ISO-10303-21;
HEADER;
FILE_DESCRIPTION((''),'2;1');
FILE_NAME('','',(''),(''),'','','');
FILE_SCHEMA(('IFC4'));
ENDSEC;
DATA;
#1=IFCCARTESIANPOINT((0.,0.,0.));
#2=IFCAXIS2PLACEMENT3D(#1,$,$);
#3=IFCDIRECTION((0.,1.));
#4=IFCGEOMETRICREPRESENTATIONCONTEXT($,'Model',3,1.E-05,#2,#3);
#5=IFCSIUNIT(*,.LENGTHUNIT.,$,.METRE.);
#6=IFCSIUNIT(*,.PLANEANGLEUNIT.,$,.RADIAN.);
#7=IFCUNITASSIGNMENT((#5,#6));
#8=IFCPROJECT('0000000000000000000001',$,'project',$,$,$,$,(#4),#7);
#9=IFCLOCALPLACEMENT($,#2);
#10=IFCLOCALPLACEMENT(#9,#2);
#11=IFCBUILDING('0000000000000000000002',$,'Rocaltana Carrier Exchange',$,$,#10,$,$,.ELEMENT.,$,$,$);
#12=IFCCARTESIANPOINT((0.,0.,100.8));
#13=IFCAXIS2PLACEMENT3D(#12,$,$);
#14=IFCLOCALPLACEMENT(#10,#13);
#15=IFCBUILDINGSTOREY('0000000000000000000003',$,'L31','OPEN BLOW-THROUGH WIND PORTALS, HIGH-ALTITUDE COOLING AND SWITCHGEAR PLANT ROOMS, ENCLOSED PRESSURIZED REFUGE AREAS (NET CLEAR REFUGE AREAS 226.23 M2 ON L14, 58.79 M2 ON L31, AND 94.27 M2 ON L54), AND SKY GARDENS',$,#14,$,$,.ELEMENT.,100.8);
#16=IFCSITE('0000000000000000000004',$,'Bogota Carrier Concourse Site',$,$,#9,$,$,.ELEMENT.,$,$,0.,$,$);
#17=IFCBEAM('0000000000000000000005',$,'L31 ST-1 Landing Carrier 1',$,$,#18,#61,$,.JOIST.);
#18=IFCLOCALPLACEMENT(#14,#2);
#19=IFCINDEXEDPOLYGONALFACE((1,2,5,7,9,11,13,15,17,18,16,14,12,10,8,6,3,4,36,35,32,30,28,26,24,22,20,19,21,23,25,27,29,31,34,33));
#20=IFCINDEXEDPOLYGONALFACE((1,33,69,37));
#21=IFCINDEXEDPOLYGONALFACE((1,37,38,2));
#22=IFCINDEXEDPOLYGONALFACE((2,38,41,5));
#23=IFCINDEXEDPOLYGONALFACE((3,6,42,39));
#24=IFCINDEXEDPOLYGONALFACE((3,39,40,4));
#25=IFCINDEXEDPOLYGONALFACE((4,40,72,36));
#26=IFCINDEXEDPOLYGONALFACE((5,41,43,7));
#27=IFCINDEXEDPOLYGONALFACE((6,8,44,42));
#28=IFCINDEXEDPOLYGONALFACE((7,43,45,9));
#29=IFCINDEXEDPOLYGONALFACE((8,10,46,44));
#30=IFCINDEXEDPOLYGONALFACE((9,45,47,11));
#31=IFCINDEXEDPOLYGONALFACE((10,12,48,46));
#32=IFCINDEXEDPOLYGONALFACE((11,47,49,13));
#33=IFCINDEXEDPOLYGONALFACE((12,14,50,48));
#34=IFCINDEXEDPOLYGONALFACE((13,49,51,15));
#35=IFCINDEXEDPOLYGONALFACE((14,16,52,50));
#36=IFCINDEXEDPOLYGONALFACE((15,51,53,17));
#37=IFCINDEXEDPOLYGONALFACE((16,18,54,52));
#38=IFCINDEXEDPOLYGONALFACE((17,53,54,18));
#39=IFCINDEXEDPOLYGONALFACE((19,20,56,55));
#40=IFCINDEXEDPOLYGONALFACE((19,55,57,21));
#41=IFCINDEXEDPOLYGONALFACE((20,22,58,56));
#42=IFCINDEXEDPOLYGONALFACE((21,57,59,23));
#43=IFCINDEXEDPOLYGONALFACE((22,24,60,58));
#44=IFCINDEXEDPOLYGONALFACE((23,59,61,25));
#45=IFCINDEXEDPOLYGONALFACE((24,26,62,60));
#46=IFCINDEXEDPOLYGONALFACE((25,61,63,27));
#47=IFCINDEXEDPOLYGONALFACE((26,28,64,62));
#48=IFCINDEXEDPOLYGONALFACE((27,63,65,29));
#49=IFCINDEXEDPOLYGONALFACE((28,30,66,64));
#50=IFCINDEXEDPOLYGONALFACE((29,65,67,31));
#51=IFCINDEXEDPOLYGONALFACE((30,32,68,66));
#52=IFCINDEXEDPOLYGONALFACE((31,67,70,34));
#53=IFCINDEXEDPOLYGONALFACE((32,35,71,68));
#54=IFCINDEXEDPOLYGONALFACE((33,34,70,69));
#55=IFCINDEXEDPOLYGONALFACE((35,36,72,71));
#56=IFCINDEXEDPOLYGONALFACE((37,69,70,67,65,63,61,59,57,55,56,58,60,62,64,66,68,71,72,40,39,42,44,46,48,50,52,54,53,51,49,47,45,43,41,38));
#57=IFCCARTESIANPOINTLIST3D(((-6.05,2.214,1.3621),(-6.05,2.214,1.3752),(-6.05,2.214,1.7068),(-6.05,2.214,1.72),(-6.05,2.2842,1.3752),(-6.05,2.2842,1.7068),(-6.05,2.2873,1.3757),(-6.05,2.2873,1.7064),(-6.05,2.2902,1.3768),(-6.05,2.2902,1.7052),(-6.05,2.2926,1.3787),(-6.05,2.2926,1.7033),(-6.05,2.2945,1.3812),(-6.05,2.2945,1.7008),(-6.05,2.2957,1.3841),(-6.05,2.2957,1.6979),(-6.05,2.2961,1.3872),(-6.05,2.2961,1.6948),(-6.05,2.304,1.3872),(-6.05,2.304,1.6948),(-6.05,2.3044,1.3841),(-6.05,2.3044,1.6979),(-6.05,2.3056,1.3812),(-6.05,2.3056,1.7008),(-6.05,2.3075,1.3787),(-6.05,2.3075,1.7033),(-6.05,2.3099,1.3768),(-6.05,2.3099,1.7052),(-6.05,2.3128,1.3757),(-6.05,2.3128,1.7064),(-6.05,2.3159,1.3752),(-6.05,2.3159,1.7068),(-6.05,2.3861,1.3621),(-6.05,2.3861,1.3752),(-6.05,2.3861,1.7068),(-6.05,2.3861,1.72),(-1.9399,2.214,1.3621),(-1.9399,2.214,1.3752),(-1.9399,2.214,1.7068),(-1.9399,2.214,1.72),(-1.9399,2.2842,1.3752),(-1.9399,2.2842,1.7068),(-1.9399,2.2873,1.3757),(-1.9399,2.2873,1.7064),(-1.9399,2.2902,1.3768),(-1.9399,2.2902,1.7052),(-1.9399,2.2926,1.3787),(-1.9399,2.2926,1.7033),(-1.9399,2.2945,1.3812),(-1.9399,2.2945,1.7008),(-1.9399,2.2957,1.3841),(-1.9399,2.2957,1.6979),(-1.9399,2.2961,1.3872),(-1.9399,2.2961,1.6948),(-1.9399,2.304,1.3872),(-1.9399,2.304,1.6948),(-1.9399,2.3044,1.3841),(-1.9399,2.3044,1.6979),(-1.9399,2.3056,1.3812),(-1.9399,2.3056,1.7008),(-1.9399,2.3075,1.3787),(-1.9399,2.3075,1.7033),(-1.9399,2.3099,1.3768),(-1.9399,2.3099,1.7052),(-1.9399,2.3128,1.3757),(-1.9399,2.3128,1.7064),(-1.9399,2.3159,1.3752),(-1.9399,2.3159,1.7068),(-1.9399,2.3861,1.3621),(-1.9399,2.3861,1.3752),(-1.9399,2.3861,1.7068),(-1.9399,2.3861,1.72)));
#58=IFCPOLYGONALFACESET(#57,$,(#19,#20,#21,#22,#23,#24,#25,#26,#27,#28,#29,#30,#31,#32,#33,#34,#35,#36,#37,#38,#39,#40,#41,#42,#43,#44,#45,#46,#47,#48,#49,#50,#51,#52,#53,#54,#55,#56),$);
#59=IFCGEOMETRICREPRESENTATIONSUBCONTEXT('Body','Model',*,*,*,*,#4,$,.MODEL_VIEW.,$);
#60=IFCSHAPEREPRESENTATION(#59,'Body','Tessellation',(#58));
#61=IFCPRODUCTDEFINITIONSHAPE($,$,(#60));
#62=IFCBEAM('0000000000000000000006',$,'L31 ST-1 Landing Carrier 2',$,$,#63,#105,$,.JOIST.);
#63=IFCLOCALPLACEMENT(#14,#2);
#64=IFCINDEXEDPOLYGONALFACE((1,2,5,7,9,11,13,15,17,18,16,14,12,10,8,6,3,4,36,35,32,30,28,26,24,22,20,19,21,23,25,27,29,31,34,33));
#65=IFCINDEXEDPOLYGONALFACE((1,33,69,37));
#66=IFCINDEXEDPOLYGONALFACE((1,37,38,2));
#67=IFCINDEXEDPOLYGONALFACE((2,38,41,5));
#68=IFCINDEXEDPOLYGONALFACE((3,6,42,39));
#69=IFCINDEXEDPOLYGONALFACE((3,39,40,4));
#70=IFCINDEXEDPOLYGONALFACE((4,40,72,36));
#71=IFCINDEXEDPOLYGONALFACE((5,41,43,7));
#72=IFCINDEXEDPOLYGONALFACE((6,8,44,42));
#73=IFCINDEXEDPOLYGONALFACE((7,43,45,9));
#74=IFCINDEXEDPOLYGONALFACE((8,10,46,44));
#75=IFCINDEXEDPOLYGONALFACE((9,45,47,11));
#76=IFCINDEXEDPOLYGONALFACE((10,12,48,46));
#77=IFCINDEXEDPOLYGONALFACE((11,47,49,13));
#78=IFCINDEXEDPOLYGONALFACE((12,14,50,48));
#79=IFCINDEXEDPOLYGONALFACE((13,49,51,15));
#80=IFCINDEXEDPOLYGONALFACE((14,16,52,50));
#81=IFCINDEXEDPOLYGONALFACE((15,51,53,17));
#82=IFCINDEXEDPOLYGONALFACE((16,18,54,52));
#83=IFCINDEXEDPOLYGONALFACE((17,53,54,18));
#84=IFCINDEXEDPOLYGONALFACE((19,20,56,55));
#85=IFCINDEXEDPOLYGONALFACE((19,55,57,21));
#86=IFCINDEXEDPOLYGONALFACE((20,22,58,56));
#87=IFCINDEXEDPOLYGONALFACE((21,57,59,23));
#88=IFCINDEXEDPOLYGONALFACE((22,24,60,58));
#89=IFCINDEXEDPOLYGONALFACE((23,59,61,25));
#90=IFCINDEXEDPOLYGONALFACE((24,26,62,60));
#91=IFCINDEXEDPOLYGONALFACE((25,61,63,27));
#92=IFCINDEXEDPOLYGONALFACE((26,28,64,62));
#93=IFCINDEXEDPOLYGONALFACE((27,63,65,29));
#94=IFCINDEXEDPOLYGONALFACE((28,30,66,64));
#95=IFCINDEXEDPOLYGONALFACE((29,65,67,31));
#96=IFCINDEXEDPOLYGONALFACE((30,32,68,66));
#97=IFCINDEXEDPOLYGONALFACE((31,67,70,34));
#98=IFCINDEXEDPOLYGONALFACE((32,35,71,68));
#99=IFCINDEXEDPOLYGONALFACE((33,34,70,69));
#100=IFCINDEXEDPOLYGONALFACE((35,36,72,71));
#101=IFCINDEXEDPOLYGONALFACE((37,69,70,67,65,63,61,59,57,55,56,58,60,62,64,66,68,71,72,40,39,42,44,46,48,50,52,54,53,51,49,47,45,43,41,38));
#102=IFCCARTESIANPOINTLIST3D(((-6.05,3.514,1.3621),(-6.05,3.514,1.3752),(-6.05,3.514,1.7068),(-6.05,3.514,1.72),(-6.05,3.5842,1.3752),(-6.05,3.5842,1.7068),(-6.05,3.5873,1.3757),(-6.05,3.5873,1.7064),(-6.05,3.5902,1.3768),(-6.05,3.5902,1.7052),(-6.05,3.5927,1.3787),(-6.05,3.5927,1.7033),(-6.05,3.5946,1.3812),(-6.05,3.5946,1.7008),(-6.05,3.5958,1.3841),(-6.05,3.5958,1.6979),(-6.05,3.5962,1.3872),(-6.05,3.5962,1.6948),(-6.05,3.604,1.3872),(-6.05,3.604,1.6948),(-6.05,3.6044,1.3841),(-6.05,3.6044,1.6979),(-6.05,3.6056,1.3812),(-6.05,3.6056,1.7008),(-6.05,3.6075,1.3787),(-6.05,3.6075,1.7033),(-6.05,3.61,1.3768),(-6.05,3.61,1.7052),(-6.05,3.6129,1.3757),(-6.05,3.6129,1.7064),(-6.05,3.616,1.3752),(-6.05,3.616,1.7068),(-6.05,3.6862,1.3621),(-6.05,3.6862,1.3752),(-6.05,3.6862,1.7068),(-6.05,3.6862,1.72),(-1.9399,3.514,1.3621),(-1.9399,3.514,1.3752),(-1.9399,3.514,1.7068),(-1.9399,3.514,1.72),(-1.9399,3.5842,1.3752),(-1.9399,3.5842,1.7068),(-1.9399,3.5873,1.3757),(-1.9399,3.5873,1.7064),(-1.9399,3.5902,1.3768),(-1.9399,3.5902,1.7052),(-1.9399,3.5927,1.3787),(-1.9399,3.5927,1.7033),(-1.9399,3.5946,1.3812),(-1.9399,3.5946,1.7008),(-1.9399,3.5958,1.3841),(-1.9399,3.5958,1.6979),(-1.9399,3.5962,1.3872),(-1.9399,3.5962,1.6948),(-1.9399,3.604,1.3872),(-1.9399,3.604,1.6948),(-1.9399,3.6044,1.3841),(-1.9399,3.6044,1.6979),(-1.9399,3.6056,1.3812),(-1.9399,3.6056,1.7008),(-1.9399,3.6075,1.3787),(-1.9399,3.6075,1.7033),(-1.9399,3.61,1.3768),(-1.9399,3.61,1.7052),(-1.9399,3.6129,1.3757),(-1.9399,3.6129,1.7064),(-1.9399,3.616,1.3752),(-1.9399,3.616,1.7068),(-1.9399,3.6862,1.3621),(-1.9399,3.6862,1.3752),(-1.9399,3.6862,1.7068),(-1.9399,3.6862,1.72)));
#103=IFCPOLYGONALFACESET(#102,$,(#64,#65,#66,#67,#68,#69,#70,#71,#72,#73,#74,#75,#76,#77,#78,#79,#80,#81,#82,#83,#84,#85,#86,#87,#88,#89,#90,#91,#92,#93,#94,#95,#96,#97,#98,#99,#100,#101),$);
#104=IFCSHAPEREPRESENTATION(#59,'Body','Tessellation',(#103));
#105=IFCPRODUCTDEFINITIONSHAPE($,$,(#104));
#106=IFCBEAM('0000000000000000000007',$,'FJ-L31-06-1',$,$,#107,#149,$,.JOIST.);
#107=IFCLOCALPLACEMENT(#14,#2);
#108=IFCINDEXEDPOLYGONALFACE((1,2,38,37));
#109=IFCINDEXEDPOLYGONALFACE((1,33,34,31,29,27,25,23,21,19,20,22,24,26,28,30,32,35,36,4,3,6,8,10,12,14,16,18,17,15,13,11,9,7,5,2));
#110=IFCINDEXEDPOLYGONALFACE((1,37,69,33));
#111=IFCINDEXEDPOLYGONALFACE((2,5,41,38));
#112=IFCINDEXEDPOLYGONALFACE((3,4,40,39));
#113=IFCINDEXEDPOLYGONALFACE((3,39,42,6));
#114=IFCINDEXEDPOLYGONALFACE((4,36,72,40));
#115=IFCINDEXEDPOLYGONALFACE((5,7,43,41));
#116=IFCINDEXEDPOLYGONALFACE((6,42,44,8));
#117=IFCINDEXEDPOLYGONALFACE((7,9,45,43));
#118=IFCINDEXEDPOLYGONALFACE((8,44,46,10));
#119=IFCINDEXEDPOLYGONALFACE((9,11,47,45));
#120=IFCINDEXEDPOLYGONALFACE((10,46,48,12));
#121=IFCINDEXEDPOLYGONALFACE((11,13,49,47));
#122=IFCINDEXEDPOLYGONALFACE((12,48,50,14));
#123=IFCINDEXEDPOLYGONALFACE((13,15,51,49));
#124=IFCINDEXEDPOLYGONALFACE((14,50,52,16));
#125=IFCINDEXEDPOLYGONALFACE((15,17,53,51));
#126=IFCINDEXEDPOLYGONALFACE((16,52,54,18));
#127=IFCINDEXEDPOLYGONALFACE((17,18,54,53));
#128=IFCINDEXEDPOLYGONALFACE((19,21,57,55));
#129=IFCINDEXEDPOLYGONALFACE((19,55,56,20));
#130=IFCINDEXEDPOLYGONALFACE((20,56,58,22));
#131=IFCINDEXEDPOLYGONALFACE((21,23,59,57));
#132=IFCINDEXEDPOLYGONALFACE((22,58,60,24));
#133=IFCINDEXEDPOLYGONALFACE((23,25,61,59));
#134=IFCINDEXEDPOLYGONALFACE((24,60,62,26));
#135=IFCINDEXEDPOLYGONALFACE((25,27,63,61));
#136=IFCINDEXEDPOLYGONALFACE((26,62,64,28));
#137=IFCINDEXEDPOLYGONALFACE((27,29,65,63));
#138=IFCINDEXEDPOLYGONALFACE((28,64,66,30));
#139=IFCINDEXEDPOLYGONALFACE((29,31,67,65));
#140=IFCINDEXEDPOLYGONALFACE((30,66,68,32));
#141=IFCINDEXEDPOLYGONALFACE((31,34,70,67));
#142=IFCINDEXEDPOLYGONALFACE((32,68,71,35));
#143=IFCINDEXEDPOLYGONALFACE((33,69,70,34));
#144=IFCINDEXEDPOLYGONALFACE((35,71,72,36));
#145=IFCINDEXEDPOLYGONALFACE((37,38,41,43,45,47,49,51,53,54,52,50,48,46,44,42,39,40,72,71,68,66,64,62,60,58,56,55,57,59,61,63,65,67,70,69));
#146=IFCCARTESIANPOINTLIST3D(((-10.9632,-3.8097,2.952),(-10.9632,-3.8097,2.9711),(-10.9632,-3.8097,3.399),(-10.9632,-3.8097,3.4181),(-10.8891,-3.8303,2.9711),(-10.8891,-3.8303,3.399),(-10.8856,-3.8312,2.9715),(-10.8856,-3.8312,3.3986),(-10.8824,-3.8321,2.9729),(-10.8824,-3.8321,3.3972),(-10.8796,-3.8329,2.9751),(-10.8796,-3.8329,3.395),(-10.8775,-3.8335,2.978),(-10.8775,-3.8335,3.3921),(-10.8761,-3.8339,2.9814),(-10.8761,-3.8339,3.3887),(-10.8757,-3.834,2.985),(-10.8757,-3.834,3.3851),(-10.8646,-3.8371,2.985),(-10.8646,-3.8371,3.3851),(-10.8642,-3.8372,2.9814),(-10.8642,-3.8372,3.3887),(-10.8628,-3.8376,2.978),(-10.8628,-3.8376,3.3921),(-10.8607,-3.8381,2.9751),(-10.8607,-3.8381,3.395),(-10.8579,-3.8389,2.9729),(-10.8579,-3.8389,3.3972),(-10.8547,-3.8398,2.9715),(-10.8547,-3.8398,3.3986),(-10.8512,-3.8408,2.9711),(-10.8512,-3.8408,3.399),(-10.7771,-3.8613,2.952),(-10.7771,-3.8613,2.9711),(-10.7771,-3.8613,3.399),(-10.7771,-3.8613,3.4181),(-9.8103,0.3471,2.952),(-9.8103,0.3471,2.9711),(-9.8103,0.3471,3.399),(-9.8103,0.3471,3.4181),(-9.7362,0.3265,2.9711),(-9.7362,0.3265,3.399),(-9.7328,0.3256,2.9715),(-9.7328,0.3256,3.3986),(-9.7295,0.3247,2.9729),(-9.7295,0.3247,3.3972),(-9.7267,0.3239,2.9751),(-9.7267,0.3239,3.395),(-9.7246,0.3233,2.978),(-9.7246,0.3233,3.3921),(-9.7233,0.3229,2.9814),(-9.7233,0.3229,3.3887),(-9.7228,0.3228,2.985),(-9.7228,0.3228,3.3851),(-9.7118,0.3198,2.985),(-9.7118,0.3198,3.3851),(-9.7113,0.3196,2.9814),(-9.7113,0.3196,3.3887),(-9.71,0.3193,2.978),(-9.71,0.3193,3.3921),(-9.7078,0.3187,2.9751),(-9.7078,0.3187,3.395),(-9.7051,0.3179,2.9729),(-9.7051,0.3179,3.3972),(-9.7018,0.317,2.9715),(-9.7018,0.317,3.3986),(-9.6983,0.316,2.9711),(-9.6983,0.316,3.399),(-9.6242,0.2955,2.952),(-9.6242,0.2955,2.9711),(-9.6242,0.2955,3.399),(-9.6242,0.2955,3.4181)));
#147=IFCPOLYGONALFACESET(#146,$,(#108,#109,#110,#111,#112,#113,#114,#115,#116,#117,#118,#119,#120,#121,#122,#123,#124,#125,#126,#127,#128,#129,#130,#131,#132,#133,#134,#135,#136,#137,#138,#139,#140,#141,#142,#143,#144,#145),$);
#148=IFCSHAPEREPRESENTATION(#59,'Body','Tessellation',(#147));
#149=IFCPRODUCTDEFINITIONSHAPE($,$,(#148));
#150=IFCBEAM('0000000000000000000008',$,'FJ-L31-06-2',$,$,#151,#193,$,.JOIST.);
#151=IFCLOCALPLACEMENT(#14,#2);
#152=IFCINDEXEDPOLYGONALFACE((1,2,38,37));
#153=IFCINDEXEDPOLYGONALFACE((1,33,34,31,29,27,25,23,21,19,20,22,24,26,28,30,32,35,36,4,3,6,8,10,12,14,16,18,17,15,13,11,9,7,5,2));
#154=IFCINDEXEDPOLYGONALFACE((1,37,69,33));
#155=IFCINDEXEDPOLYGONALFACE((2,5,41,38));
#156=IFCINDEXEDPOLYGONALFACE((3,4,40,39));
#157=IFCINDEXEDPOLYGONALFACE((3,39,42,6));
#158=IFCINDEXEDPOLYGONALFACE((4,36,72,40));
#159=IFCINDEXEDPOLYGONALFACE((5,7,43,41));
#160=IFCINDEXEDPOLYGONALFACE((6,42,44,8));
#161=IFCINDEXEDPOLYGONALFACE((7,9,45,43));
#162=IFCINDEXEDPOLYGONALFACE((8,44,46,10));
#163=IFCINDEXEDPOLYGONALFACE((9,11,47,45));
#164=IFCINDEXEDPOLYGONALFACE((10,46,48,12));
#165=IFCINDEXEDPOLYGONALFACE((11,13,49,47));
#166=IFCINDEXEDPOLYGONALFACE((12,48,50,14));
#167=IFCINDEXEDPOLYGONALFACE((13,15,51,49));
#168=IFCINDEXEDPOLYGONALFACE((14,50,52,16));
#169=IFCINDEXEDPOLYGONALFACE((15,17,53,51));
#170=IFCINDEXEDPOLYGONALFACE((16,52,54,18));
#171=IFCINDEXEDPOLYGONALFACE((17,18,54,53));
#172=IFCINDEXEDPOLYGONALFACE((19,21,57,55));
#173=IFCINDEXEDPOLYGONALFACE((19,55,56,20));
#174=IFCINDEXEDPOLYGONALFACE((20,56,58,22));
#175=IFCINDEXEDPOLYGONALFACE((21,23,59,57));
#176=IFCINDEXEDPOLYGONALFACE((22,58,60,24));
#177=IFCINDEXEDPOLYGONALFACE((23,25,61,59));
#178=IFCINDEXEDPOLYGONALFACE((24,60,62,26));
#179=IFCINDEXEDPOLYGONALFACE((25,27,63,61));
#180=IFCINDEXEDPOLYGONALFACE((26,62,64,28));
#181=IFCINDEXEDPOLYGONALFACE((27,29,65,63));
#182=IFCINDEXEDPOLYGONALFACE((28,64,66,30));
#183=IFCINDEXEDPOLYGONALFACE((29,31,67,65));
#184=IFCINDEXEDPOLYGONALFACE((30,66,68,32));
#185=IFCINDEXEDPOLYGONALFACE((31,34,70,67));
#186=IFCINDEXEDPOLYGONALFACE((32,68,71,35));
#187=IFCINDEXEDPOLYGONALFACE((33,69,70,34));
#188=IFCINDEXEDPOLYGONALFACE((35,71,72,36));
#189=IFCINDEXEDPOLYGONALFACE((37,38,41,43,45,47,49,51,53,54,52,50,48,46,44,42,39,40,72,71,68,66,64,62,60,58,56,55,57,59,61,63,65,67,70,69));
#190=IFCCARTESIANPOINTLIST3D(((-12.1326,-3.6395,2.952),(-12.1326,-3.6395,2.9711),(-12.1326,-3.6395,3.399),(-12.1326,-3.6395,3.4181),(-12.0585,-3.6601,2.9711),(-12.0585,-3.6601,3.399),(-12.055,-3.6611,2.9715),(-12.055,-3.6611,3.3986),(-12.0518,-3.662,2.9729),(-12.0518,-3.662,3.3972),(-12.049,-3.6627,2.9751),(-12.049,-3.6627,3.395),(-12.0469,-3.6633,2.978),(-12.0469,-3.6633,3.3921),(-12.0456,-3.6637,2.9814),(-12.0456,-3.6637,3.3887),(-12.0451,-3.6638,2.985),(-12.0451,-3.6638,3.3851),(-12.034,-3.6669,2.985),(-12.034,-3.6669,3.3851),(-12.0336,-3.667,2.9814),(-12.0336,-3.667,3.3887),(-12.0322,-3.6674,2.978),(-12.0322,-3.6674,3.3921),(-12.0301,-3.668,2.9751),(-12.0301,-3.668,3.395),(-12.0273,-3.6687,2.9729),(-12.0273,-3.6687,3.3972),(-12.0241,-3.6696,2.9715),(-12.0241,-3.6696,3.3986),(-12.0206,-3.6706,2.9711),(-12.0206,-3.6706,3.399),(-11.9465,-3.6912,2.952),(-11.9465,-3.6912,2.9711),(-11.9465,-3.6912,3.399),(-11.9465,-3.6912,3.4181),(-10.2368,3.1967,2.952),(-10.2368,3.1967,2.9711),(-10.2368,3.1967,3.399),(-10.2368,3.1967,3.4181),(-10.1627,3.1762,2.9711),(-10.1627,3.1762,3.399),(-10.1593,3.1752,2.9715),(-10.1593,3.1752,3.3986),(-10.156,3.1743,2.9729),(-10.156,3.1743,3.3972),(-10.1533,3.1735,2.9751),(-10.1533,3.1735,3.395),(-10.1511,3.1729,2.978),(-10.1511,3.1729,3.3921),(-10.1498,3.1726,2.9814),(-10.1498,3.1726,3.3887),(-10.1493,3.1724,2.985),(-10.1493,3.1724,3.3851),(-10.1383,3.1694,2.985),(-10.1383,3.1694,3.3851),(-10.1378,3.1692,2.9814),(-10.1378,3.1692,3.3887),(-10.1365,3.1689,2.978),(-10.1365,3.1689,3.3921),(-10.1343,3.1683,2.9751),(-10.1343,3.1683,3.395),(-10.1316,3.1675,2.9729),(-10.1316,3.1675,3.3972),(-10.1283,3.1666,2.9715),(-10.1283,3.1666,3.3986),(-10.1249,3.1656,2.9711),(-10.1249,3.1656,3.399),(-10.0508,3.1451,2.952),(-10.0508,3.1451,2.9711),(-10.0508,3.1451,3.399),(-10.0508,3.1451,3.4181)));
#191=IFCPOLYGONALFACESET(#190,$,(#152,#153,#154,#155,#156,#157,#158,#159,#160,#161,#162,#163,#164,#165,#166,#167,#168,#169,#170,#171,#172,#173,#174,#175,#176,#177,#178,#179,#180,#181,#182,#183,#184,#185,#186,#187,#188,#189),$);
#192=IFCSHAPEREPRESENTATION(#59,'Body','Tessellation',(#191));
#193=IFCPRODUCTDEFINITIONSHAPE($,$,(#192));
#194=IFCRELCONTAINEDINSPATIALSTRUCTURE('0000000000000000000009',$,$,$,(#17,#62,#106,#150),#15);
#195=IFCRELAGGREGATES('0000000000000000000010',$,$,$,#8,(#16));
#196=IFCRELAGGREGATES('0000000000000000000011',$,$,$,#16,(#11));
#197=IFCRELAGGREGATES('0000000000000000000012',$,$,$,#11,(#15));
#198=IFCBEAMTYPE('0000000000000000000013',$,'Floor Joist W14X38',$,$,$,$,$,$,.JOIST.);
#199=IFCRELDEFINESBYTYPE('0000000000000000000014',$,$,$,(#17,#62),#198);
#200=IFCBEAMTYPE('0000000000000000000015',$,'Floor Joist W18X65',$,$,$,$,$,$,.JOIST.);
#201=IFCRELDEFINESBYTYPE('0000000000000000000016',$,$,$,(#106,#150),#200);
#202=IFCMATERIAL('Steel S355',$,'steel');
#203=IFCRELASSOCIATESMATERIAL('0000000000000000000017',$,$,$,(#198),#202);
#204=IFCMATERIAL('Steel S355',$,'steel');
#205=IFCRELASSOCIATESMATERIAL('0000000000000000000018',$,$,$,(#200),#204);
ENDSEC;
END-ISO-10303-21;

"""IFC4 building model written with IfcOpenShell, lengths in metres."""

from ifc_helpers import new_model, si_unit, direction, frame, origin, origin_2d, place, context, subcontext, project, spatial, i_section, extrude, material, material_profile, profile_set, type_object, element, save


model = new_model("IFC4")

# Units and contexts
model_context = context("Model", 3, precision=1e-05, world=origin(), true_north=direction((0.0, 1.0)))
body_context = subcontext(model_context, "Body", "Model", "MODEL_VIEW")
ifc_project = project(units=[si_unit("LENGTHUNIT", "METRE"), si_unit("PLANEANGLEUNIT", "RADIAN")], contexts=[model_context])

# Site, building, storey
site_placement = place(None, origin())
site = spatial("IfcSite", under=ifc_project, at=site_placement, Name="Bogota Carrier Concourse Site", CompositionType="ELEMENT", RefElevation=0.0)
building_placement = place(site_placement, origin())
building = spatial("IfcBuilding", under=site, at=building_placement, Name="Rocaltana Carrier Exchange", CompositionType="ELEMENT")
storey_placement = place(building_placement, frame((0.0, 0.0, 100.8)))
storey = spatial("IfcBuildingStorey", under=building, at=storey_placement, Name="L31", Description="OPEN BLOW-THROUGH WIND PORTALS, HIGH-ALTITUDE COOLING AND SWITCHGEAR PLANT ROOMS, ENCLOSED PRESSURIZED REFUGE AREAS (NET CLEAR REFUGE AREAS 226.23 M2 ON L14, 58.79 M2 ON L31, AND 94.27 M2 ON L54), AND SKY GARDENS", CompositionType="ELEMENT", Elevation=100.8)

# Beams
ifc_material_1 = material(Name="Steel S355", Category="steel")
ifc_material_profile_1 = material_profile(ifc_material_1, i_section(OverallWidth=0.1721, OverallDepth=0.3579, WebThickness=0.0078, FlangeThickness=0.0132, FilletRadius=0.012, at=origin_2d()), Name="W14X38")
ifc_profile_set_1 = profile_set([ifc_material_profile_1], Name="Steel S355")
beam_type_1 = type_object("IfcBeamType", Name="Floor Joist W14X38", PredefinedType="JOIST", material=ifc_profile_set_1)
for number, where, z_axis, x_axis, name in (
    (1, (-6.05, 2.3, 1.541), (1.0, 0.0, 0.0), (0.0, 1.0, 0.0), "L31 ST-1 Landing Carrier 1"),
    (2, (-6.05, 3.6001, 1.541), (1.0, 0.0, 0.0), (0.0, 1.0, 0.0), "L31 ST-1 Landing Carrier 2"),
):
    element("IfcBeam", number, at=place(storey_placement, frame(where, z_axis=z_axis, x_axis=x_axis)), inside=storey, type_object=beam_type_1, Name=name, PredefinedType="JOIST", context=body_context, shape_type="SweptSolid", body=[
        extrude(i_section(OverallWidth=0.1721, OverallDepth=0.3579, WebThickness=0.0078, FlangeThickness=0.0132, FilletRadius=0.012, at=origin_2d()), origin(), (0.0, 0.0, 1.0), 4.1101),
    ])
ifc_material_2 = material(Name="Steel S355", Category="steel")
ifc_material_profile_2 = material_profile(ifc_material_2, i_section(OverallWidth=0.1931, OverallDepth=0.4661, WebThickness=0.0115, FlangeThickness=0.019, FilletRadius=0.0139, at=origin_2d()), Name="W18X65")
ifc_profile_set_2 = profile_set([ifc_material_profile_2], Name="Steel S355")
beam_type_2 = type_object("IfcBeamType", Name="Floor Joist W18X65", PredefinedType="JOIST", material=ifc_profile_set_2)
beam_1_placement = place(storey_placement, frame((-9.7173, 0.3213, 3.1851), z_axis=(-0.267253, -0.963626, 0.0), x_axis=(0.963626, -0.267253, 0.0)))
element("IfcBeam", 3, at=beam_1_placement, inside=storey, type_object=beam_type_2, Name="FJ-L31-06-1", PredefinedType="JOIST", context=body_context, shape_type="SweptSolid", body=[
    extrude(i_section(OverallWidth=0.1931, OverallDepth=0.4661, WebThickness=0.0115, FlangeThickness=0.019, FilletRadius=0.0139, at=origin_2d()), origin(), (0.0, 0.0, 1.0), 4.3137),
])
beam_2_placement = place(storey_placement, frame((-10.1438, 3.1709, 3.1851), z_axis=(-0.267227, -0.963634, 0.0), x_axis=(0.963634, -0.267227, 0.0)))
element("IfcBeam", 4, at=beam_2_placement, inside=storey, type_object=beam_type_2, Name="FJ-L31-06-2", PredefinedType="JOIST", context=body_context, shape_type="SweptSolid", body=[
    extrude(i_section(OverallWidth=0.1931, OverallDepth=0.4661, WebThickness=0.0115, FlangeThickness=0.019, FilletRadius=0.0139, at=origin_2d()), origin(), (0.0, 0.0, 1.0), 7.0942),
])

save(model, "model.ifc")
